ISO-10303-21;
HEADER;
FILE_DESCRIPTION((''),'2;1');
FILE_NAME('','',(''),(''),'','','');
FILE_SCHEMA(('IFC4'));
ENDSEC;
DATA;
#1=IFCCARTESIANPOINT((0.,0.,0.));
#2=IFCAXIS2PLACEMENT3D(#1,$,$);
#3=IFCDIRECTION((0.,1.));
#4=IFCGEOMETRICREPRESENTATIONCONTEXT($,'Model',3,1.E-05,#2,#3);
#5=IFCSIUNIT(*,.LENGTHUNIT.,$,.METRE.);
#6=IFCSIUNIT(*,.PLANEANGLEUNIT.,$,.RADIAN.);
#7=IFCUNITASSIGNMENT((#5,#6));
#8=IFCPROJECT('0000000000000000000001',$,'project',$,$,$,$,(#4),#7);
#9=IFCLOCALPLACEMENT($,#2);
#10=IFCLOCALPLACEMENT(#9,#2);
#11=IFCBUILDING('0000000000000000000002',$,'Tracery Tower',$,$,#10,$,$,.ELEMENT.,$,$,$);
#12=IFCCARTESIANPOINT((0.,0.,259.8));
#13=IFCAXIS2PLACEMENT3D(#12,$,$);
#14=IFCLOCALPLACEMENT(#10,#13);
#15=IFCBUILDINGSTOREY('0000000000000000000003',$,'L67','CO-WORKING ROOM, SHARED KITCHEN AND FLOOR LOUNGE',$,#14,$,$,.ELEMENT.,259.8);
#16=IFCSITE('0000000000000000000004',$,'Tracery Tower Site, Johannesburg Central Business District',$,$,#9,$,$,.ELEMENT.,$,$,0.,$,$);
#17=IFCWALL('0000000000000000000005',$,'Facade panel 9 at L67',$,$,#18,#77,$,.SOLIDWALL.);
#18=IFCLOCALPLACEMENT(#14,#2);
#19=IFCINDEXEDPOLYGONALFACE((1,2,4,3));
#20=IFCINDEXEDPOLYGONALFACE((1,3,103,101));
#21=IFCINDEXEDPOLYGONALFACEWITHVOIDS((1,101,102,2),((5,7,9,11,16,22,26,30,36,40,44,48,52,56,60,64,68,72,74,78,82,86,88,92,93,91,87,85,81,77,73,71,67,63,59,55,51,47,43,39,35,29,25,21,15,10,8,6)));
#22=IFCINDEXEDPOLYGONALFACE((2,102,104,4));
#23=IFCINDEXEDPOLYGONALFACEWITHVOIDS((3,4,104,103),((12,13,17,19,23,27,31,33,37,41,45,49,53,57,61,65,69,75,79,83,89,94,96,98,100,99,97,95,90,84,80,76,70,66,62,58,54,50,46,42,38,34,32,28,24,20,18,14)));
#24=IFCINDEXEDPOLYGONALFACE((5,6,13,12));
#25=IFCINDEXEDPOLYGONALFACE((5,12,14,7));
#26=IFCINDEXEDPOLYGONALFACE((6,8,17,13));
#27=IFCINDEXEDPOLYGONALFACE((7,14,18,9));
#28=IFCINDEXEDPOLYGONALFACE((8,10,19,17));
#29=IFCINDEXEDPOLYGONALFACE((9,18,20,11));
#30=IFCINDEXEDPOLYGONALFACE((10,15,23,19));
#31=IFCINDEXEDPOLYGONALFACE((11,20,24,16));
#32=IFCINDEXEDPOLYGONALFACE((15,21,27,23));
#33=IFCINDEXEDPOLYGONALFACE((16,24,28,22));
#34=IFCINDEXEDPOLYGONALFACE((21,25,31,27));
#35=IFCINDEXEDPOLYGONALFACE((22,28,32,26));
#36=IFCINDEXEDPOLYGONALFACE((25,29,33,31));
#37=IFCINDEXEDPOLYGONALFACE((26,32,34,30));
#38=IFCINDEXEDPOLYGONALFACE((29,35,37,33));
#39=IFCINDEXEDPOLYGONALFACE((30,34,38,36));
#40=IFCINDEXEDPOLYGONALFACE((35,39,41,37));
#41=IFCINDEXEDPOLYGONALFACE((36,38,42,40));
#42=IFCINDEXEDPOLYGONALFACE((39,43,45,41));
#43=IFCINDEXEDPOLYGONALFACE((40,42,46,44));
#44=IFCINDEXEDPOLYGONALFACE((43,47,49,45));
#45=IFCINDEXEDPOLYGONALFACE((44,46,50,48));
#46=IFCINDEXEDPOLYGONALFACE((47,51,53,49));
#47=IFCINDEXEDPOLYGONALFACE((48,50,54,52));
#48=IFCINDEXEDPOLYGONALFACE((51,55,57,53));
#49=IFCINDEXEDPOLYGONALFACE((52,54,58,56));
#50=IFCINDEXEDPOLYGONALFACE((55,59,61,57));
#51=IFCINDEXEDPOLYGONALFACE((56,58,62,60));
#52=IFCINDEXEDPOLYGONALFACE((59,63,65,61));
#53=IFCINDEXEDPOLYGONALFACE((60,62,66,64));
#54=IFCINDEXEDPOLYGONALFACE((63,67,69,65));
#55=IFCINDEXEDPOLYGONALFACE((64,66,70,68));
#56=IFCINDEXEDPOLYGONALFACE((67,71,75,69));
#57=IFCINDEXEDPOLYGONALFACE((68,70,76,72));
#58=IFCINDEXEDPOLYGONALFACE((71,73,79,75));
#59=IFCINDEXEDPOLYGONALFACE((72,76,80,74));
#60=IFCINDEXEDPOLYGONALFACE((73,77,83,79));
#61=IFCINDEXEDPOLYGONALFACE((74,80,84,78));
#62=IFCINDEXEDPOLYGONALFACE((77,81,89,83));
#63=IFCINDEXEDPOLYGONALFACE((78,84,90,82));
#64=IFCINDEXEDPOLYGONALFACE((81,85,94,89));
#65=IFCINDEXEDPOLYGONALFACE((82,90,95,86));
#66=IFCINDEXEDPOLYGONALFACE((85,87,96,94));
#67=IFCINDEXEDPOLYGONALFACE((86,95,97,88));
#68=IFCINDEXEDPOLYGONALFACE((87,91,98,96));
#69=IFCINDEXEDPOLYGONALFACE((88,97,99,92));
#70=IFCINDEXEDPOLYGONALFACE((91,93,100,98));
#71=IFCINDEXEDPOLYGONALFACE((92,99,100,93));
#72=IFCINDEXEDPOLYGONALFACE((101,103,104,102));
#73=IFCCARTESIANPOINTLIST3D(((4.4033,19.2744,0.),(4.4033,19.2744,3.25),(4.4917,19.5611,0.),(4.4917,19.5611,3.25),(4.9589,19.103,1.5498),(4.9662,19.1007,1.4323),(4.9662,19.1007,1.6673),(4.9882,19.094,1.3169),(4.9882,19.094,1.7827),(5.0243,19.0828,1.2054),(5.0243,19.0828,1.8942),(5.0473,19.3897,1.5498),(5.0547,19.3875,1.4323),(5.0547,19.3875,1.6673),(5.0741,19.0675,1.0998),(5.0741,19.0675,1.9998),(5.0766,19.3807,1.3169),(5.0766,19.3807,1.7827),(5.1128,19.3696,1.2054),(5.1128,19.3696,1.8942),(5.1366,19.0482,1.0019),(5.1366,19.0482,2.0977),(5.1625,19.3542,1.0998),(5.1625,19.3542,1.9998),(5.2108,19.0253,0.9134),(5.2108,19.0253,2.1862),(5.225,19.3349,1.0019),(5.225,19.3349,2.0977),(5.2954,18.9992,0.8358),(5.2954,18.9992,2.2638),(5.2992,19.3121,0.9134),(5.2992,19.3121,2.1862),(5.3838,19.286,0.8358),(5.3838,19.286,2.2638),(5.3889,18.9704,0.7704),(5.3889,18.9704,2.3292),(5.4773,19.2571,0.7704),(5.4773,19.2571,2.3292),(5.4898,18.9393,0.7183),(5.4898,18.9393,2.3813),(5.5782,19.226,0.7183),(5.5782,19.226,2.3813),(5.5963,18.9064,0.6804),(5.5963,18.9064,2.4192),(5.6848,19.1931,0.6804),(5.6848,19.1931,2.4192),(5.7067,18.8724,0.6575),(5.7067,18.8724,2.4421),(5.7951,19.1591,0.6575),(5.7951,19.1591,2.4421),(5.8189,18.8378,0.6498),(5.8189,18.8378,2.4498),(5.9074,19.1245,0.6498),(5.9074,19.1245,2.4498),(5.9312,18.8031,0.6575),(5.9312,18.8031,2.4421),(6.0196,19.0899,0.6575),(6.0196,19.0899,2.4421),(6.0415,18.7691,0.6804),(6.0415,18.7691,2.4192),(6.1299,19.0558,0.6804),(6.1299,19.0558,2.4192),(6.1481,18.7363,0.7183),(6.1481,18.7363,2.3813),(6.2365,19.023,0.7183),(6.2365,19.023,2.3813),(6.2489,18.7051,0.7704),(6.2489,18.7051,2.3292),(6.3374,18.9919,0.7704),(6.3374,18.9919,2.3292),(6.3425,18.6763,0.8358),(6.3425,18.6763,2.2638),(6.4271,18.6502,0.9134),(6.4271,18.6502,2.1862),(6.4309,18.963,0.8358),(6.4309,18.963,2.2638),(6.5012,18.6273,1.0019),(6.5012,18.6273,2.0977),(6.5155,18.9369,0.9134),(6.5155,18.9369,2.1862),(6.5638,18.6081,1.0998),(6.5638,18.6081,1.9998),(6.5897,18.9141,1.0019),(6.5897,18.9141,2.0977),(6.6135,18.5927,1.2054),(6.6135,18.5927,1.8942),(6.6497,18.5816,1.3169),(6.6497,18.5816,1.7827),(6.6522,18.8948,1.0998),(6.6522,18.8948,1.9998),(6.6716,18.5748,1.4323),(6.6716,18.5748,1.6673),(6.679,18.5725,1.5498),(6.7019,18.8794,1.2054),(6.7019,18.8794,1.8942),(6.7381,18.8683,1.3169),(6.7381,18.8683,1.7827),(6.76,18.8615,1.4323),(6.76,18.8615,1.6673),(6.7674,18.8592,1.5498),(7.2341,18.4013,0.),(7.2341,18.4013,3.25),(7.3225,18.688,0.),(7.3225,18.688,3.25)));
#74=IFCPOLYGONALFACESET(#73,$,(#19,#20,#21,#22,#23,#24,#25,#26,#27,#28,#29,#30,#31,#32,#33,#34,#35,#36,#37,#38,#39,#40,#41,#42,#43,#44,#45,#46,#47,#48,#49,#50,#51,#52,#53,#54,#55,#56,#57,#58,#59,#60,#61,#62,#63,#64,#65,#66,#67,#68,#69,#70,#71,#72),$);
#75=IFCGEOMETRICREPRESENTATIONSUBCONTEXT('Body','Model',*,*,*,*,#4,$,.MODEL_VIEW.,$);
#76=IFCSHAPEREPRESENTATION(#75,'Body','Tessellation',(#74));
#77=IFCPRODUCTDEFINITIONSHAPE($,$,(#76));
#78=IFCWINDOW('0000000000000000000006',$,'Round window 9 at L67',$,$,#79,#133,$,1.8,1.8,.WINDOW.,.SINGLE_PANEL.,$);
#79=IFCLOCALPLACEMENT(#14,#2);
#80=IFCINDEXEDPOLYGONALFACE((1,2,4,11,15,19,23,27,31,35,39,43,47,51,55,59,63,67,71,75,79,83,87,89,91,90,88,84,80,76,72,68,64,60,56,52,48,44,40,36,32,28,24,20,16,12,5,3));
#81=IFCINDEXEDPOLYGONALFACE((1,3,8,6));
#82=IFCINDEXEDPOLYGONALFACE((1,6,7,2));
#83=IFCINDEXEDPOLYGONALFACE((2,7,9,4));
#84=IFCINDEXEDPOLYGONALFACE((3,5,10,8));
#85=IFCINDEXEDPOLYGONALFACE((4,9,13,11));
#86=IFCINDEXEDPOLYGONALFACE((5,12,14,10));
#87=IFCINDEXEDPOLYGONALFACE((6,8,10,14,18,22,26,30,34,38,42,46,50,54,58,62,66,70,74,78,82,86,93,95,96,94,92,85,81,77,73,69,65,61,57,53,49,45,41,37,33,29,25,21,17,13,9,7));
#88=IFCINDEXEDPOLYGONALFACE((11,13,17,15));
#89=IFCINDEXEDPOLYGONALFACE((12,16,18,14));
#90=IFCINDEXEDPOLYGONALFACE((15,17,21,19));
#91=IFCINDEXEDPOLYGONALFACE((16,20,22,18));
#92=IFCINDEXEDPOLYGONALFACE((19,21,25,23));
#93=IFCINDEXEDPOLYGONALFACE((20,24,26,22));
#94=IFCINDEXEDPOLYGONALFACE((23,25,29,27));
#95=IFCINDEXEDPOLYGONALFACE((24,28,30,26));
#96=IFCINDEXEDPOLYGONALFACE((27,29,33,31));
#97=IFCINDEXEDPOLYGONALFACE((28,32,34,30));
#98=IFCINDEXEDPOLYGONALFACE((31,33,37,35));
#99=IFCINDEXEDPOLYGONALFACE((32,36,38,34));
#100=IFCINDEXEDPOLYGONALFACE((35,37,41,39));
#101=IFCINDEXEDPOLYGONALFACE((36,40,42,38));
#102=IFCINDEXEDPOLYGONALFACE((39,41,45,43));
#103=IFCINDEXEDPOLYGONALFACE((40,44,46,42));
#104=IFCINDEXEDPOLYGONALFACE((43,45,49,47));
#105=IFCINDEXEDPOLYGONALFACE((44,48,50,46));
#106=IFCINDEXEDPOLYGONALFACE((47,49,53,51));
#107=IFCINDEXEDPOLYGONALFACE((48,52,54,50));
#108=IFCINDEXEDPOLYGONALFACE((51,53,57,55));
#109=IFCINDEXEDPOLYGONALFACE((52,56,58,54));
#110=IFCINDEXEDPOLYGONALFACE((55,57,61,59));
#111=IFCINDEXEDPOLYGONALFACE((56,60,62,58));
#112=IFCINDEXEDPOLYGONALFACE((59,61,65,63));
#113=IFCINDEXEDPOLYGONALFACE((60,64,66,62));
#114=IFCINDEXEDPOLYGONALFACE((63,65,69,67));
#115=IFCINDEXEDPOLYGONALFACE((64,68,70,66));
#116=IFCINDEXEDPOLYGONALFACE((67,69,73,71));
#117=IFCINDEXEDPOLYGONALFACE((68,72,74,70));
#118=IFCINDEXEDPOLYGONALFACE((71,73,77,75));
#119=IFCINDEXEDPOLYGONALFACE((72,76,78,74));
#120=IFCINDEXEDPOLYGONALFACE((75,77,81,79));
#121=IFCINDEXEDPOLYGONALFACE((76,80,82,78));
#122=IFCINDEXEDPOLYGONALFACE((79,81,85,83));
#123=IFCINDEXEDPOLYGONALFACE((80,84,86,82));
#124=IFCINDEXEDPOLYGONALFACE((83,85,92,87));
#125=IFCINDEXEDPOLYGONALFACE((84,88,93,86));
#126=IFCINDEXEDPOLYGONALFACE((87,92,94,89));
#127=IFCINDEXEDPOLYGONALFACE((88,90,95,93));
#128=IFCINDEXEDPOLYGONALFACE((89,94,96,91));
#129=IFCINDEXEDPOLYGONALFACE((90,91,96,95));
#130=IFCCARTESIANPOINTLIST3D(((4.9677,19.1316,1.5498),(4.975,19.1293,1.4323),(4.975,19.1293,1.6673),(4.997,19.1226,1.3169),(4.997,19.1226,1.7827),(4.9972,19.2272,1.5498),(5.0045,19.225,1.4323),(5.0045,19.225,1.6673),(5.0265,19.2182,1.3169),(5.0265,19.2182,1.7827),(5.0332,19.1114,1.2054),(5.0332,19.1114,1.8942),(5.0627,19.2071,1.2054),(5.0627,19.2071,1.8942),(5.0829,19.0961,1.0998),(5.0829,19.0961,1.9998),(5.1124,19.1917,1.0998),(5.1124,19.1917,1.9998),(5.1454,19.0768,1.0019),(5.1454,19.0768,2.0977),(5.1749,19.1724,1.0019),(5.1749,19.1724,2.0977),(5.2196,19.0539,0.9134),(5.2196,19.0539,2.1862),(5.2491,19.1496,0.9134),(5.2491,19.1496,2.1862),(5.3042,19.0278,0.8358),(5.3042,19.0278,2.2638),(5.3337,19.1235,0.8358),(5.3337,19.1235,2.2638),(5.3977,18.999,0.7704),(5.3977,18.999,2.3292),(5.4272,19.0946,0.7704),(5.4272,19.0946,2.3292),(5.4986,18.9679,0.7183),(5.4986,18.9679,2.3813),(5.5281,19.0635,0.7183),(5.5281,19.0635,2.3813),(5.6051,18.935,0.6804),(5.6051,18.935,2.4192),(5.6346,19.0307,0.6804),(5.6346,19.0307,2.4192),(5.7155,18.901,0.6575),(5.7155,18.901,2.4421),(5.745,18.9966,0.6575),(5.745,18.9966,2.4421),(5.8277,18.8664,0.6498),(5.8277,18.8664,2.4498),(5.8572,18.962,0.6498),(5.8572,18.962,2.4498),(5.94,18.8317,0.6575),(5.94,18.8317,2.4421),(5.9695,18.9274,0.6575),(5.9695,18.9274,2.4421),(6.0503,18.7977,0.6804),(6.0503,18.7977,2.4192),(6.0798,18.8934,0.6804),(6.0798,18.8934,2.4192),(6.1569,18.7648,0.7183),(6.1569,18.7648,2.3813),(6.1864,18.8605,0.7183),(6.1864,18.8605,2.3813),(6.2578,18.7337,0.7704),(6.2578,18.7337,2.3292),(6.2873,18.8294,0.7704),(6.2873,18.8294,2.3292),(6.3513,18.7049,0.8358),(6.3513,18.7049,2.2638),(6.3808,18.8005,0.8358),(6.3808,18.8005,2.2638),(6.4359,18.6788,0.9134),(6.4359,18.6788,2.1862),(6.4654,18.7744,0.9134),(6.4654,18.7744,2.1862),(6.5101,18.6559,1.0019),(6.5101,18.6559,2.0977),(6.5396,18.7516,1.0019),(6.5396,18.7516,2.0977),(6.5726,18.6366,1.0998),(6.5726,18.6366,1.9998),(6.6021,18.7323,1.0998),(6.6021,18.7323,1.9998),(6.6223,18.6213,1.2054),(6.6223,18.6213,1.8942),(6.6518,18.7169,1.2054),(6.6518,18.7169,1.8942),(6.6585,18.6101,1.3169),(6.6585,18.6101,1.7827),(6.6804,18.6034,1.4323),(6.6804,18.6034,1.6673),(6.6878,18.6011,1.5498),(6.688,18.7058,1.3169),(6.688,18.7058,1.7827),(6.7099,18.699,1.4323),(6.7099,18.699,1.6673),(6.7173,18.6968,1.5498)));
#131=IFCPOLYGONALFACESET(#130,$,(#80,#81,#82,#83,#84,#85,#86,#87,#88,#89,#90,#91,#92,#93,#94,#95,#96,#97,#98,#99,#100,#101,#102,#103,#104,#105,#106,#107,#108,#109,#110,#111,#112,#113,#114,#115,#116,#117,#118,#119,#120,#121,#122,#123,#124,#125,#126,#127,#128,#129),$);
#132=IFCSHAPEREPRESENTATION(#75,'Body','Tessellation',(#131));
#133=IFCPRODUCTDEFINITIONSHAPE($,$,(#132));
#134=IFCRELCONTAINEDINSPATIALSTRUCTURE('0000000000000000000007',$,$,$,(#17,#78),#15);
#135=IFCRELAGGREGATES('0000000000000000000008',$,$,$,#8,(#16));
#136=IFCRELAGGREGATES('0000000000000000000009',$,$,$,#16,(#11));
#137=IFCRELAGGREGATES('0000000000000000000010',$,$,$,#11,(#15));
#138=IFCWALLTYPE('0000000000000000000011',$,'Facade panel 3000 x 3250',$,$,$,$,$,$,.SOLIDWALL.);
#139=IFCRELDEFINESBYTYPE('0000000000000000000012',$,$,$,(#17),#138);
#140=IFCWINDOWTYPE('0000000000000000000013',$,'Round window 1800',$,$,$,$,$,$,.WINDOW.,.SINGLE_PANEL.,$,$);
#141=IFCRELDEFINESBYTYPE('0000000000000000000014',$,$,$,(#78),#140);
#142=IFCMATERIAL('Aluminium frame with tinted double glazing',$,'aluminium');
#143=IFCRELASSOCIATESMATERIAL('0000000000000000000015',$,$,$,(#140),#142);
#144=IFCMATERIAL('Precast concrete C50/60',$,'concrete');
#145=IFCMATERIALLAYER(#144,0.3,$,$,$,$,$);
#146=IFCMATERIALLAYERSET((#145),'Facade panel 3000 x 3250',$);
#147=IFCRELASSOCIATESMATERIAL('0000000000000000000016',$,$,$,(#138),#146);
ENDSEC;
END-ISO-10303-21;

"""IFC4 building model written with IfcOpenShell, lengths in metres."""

from ifc_helpers import new_model, si_unit, direction, frame, frame_2d, origin, origin_2d, place, context, subcontext, project, spatial, rectangle, circle, extrude, material, layer, layer_set, type_object, element, fill, save


model = new_model("IFC4")

# Units and contexts
model_context = context("Model", 3, precision=1e-05, world=origin(), true_north=direction((0.0, 1.0)))
body_context = subcontext(model_context, "Body", "Model", "MODEL_VIEW")
ifc_project = project(units=[si_unit("LENGTHUNIT", "METRE"), si_unit("PLANEANGLEUNIT", "RADIAN")], contexts=[model_context])

# Site, building, storey
site_placement = place(None, origin())
site = spatial("IfcSite", under=ifc_project, at=site_placement, Name="Tracery Tower Site, Johannesburg Central Business District", CompositionType="ELEMENT", RefElevation=0.0)
building_placement = place(site_placement, origin())
building = spatial("IfcBuilding", under=site, at=building_placement, Name="Tracery Tower", CompositionType="ELEMENT")
storey_placement = place(building_placement, frame((0.0, 0.0, 259.8)))
storey = spatial("IfcBuildingStorey", under=building, at=storey_placement, Name="L67", Description="CO-WORKING ROOM, SHARED KITCHEN AND FLOOR LOUNGE", CompositionType="ELEMENT", Elevation=259.8)

# Wall, opening, window
ifc_material_1 = material(Name="Aluminium frame with tinted double glazing", Category="aluminium")
window_type = type_object("IfcWindowType", Name="Round window 1800", PartitioningType="SINGLE_PANEL", PredefinedType="WINDOW", material=ifc_material_1)
ifc_material_2 = material(Name="Precast concrete C50/60", Category="concrete")
ifc_layer_1 = layer(ifc_material_2, 0.3)
ifc_layer_set_1 = layer_set([ifc_layer_1], Name="Facade panel 3000 x 3250")
wall_type_1 = type_object("IfcWallType", Name="Facade panel 3000 x 3250", PredefinedType="SOLIDWALL", material=ifc_layer_set_1)
wall_1_placement = place(storey_placement, frame((7.2783, 18.5447, 0.0), z_axis=(0.0, 0.0, 1.0), x_axis=(-0.955586, 0.294711, 0.0)))
wall_1 = element("IfcWall", 1, at=wall_1_placement, inside=storey, type_object=wall_type_1, Name="Facade panel 9 at L67", PredefinedType="SOLIDWALL", context=body_context, shape_type="SweptSolid", body=[
    extrude(rectangle(XDim=2.9624, YDim=0.3, at=frame_2d((1.4812, 0.0))), origin(), (0.0, 0.0, 1.0), 3.25),
])
opening_1_placement = place(wall_1_placement, frame((1.481, 0.0, 1.5498)))
opening_1 = element("IfcOpeningElement", 2, at=opening_1_placement, cuts=wall_1, PredefinedType="OPENING", context=body_context, shape_type="SweptSolid", body=[
    extrude(circle(Radius=0.9, at=origin_2d()), frame((0.0, 0.1599, 0.0), z_axis=(0.0, -1.0, 0.0), x_axis=(1.0, 0.0, 0.0)), (0.0, 0.0, 1.0), 0.3201),
])
window_1_placement = place(opening_1_placement, origin())
window_1 = element("IfcWindow", 3, at=window_1_placement, inside=storey, type_object=window_type, Name="Round window 9 at L67", OverallHeight=1.8, OverallWidth=1.8, PartitioningType="SINGLE_PANEL", PredefinedType="WINDOW", context=body_context, shape_type="SweptSolid", body=[
    extrude(circle(Radius=0.9, at=origin_2d()), frame((0.0, 0.1201, 0.0), z_axis=(0.0, -1.0, 0.0), x_axis=(1.0, 0.0, 0.0)), (0.0, 0.0, 1.0), 0.1001),
])
fill(opening_1, window_1)

save(model, "model.ifc")
